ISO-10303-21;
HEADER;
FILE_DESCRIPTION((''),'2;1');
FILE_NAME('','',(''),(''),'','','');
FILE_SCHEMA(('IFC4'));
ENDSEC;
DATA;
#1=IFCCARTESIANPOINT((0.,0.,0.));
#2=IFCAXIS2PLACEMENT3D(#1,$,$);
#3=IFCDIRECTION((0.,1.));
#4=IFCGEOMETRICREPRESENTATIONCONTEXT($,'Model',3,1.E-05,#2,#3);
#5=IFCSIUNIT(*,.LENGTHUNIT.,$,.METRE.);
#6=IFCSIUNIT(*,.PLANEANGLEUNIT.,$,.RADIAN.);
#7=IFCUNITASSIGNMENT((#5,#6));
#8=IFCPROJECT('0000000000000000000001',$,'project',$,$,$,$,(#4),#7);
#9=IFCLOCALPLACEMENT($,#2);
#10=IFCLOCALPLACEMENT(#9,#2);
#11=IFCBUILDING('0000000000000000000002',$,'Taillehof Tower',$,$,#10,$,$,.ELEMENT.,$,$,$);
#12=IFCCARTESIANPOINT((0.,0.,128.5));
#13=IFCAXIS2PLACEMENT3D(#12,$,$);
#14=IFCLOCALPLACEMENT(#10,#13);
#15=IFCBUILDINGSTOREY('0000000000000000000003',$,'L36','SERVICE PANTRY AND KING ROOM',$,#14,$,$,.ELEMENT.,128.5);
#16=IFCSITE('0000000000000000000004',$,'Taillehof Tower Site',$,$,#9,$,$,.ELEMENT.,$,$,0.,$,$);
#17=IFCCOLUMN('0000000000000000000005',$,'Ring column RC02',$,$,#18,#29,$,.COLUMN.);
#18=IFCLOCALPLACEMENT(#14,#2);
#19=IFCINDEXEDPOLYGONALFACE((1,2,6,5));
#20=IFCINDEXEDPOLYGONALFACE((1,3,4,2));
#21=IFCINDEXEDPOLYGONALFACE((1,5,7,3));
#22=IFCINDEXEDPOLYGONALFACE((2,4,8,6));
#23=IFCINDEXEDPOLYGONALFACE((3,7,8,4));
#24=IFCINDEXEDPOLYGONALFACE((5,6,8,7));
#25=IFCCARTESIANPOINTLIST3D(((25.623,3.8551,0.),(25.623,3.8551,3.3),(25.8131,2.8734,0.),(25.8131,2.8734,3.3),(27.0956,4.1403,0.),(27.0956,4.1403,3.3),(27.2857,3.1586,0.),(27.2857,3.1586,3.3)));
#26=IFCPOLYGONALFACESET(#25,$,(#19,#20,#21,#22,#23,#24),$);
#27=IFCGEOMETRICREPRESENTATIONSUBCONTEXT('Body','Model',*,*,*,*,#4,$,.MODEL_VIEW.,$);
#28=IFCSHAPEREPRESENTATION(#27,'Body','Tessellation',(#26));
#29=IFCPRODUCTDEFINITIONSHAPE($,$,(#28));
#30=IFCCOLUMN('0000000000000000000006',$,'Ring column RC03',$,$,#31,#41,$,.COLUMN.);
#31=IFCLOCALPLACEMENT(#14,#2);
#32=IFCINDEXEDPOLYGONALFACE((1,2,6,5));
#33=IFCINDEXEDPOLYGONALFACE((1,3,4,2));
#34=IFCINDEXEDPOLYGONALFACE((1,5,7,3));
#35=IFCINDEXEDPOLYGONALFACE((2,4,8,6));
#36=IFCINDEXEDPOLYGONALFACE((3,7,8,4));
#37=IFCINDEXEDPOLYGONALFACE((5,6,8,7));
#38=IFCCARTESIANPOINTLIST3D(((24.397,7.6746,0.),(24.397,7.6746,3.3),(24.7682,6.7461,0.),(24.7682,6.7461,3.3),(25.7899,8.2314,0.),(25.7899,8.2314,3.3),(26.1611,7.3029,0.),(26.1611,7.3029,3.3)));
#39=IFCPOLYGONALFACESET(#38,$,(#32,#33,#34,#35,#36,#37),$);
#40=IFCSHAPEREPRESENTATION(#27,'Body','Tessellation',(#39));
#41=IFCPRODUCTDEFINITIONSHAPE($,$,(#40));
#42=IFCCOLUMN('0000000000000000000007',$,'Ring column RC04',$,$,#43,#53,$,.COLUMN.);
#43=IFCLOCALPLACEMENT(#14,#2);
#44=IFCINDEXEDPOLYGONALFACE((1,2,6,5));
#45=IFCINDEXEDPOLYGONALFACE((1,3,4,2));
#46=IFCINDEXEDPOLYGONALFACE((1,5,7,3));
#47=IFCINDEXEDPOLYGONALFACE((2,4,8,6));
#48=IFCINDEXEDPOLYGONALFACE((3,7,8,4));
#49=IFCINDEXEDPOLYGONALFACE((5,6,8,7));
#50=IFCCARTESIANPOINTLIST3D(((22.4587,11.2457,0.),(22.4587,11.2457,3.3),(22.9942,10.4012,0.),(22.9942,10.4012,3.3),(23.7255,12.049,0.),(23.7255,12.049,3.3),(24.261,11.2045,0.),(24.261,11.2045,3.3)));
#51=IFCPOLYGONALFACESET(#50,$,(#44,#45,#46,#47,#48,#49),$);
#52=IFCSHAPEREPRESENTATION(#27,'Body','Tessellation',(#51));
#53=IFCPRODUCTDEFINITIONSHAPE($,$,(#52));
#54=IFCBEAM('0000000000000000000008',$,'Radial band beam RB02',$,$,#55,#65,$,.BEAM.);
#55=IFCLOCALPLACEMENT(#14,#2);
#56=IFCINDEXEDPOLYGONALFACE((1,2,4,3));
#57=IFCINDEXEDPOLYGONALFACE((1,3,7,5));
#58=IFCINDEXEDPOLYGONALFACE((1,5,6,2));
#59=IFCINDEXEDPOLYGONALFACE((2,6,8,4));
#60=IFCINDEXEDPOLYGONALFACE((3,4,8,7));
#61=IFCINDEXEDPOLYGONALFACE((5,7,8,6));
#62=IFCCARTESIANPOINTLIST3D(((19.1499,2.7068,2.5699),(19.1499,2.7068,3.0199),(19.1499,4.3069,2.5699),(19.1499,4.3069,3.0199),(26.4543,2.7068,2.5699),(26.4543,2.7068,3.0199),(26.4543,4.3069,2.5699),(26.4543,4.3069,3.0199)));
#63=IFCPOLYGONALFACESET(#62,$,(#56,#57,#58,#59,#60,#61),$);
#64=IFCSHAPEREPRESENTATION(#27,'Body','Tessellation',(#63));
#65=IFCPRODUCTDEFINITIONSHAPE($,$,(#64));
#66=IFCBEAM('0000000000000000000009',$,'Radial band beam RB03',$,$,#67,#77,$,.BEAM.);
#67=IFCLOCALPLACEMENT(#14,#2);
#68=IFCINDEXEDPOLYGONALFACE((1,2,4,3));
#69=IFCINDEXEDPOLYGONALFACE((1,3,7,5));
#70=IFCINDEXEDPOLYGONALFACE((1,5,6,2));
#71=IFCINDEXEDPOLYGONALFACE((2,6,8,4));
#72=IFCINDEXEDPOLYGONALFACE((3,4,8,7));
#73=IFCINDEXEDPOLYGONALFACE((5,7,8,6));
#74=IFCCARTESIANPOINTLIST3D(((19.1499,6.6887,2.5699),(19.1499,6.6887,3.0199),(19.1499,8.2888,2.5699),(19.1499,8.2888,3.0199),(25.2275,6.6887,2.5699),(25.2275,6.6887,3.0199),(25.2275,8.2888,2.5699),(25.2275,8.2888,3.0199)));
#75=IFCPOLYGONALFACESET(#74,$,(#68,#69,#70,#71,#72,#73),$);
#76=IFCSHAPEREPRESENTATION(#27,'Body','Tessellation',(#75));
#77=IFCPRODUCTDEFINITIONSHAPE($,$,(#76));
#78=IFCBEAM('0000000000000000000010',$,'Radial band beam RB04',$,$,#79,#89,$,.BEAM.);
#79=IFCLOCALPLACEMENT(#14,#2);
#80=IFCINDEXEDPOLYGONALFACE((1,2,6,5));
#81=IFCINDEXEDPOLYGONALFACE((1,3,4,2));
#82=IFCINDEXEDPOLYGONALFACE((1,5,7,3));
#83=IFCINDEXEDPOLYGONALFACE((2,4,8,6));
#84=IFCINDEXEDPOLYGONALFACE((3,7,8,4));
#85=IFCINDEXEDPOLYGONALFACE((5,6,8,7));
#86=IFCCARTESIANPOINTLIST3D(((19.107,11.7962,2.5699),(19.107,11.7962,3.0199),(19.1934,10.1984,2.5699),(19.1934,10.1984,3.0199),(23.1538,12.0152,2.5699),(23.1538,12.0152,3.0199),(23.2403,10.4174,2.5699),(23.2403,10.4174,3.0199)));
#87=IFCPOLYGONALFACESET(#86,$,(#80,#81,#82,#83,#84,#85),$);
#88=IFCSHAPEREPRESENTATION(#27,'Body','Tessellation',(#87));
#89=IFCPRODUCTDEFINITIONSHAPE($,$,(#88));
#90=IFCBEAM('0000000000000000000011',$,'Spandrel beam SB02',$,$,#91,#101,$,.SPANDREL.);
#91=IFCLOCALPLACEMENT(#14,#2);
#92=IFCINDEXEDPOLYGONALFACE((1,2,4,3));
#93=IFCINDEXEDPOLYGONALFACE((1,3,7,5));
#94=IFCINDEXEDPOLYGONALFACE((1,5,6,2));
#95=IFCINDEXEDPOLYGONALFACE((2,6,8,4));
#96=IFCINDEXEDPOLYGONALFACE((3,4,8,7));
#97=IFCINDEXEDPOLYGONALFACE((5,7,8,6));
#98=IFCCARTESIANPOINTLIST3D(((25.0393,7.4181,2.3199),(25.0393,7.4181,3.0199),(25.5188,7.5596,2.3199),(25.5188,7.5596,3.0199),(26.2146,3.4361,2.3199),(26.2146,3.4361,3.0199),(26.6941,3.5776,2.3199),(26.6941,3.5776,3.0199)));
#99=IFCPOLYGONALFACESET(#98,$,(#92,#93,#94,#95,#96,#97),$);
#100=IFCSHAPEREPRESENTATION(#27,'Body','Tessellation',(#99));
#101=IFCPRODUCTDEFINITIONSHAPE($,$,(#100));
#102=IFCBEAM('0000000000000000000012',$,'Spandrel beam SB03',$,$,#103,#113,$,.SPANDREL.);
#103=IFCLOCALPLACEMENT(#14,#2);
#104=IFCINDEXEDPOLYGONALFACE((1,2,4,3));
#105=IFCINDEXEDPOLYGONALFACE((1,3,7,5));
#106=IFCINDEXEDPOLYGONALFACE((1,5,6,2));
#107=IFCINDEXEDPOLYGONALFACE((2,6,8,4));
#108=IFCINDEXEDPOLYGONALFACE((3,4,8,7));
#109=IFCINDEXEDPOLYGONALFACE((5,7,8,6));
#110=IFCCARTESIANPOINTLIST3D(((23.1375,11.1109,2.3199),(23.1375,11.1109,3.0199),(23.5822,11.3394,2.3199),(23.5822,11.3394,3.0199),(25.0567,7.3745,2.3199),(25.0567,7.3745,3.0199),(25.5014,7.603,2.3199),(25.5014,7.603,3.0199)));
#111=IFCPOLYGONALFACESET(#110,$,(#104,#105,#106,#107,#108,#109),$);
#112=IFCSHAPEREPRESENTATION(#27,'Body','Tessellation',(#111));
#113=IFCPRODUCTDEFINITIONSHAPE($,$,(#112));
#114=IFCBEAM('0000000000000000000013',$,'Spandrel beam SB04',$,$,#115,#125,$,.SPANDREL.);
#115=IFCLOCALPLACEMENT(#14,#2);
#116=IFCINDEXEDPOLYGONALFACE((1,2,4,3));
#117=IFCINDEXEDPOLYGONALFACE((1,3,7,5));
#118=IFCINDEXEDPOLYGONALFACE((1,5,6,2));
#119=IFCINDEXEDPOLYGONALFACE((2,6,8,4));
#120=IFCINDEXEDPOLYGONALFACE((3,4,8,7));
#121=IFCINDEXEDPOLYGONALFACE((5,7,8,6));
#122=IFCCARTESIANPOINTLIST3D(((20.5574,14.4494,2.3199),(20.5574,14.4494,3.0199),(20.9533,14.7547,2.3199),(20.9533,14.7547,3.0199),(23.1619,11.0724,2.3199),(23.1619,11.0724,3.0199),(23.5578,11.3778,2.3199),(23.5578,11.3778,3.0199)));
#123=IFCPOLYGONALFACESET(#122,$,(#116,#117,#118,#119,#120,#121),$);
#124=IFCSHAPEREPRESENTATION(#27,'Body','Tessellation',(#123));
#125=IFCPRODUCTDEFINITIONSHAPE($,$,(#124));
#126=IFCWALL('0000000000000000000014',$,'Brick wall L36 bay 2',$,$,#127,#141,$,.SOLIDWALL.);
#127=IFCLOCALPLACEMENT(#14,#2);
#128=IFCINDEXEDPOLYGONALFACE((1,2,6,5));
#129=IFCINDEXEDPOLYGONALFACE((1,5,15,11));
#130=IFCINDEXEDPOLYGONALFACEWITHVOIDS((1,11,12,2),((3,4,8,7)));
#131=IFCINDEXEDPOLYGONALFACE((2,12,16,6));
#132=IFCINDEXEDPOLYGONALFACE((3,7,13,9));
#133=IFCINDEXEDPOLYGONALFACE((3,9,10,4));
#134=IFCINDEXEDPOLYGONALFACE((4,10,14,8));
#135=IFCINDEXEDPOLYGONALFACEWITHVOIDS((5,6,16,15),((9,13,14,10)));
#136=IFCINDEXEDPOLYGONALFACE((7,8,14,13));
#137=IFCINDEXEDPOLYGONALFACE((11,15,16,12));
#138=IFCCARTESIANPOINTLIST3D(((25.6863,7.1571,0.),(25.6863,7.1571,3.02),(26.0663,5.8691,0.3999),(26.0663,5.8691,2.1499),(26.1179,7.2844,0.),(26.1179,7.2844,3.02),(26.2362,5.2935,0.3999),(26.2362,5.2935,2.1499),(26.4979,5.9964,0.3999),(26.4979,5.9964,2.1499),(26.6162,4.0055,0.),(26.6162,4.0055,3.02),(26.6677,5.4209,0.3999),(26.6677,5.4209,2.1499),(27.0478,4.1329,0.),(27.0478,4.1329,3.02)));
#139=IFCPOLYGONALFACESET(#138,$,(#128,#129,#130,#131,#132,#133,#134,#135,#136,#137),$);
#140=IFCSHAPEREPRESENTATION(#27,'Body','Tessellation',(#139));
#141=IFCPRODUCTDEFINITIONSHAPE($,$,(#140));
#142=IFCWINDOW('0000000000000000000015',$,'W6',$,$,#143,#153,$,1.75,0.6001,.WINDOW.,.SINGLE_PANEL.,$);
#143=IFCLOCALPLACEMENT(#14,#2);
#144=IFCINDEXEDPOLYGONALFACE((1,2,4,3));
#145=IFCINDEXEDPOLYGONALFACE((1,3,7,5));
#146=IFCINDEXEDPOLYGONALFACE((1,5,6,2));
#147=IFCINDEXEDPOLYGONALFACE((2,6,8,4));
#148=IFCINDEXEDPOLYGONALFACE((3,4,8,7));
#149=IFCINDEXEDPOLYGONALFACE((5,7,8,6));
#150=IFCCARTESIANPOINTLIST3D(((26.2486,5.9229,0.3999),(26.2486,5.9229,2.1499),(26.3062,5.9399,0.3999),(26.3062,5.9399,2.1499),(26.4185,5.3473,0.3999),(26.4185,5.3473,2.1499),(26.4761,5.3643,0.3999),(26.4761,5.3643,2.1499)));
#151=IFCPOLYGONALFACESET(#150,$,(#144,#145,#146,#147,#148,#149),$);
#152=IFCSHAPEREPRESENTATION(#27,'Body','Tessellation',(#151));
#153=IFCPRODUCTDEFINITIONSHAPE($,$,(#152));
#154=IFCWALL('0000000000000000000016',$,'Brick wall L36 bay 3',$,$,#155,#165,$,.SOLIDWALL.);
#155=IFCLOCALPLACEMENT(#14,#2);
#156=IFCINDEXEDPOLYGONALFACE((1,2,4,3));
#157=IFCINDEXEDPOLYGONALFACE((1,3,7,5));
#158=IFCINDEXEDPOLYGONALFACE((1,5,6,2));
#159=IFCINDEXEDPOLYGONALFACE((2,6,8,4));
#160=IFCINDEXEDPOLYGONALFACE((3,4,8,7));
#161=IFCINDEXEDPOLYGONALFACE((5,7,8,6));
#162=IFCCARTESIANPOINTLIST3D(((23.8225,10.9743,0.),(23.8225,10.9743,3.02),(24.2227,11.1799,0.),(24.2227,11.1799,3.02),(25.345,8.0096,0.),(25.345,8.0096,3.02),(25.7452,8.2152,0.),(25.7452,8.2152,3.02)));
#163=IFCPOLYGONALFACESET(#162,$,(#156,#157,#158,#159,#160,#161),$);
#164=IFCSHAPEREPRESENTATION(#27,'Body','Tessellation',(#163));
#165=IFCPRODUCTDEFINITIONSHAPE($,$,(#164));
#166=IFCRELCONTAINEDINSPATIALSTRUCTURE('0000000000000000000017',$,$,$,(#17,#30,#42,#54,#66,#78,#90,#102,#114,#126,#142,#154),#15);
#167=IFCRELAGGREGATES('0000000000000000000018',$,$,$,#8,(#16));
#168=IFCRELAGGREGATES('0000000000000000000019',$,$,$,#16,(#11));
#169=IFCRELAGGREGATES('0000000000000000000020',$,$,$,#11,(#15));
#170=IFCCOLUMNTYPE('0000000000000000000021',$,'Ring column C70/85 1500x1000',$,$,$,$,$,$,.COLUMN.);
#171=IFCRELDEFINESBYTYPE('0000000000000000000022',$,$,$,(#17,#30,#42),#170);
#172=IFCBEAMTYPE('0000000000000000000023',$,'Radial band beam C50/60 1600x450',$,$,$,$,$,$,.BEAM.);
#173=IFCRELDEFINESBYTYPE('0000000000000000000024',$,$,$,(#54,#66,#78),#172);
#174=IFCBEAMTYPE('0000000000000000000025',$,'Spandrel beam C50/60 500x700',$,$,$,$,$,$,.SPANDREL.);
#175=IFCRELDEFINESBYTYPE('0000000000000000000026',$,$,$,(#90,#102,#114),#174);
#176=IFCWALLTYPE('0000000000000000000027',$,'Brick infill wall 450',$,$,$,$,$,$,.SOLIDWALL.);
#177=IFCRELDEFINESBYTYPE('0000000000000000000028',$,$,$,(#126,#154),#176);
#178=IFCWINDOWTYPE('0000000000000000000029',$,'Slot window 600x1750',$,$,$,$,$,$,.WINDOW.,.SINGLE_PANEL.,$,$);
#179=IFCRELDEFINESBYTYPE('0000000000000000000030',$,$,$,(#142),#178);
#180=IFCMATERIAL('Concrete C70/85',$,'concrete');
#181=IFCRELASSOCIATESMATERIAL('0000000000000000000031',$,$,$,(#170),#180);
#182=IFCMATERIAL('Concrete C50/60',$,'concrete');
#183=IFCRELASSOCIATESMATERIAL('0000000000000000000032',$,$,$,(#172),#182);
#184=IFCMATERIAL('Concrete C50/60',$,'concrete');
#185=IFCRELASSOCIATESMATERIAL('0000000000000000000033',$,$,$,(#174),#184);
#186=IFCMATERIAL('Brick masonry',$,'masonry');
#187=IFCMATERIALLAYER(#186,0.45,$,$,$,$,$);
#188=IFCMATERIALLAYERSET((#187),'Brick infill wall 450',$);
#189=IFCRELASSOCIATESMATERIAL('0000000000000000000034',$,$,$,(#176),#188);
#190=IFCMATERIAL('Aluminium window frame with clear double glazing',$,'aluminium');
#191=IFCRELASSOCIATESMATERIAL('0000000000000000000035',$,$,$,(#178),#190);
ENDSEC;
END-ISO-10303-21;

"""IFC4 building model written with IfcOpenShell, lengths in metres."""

from ifc_helpers import new_model, si_unit, direction, frame, frame_2d, origin, origin_2d, place, context, subcontext, project, spatial, rectangle, extrude, material, layer, layer_set, material_profile, profile_set, type_object, element, fill, save


model = new_model("IFC4")

# Units and contexts
model_context = context("Model", 3, precision=1e-05, world=origin(), true_north=direction((0.0, 1.0)))
body_context = subcontext(model_context, "Body", "Model", "MODEL_VIEW")
ifc_project = project(units=[si_unit("LENGTHUNIT", "METRE"), si_unit("PLANEANGLEUNIT", "RADIAN")], contexts=[model_context])

# Site, building, storey
site_placement = place(None, origin())
site = spatial("IfcSite", under=ifc_project, at=site_placement, Name="Taillehof Tower Site", CompositionType="ELEMENT", RefElevation=0.0)
building_placement = place(site_placement, origin())
building = spatial("IfcBuilding", under=site, at=building_placement, Name="Taillehof Tower", CompositionType="ELEMENT")
storey_placement = place(building_placement, frame((0.0, 0.0, 128.5)))
storey = spatial("IfcBuildingStorey", under=building, at=storey_placement, Name="L36", Description="SERVICE PANTRY AND KING ROOM", CompositionType="ELEMENT", Elevation=128.5)

# Columns
ifc_material_1 = material(Name="Concrete C70/85", Category="concrete")
ifc_material_profile_1 = material_profile(ifc_material_1, rectangle(XDim=1.5, YDim=1.0, at=origin_2d()), Name="RC 1500x1000")
ifc_profile_set_1 = profile_set([ifc_material_profile_1], Name="Concrete C70/85")
column_type = type_object("IfcColumnType", Name="Ring column C70/85 1500x1000", PredefinedType="COLUMN", material=ifc_profile_set_1)
for number, where, z_axis, x_axis, name in (
    (1, (26.4543, 3.5068, 0.0), (0.0, 0.0, 1.0), (0.981757, 0.190138, 0.0), "Ring column RC02"),
    (2, (25.2791, 7.4888, 0.0), (0.0, 0.0, 1.0), (0.92855, 0.371207, 0.0), "Ring column RC03"),
    (3, (23.3599, 11.2251, 0.0), (0.0, 0.0, 1.0), (0.844511, 0.535537, 0.0), "Ring column RC04"),
):
    element("IfcColumn", number, at=place(storey_placement, frame(where, z_axis=z_axis, x_axis=x_axis)), inside=storey, type_object=column_type, Name=name, PredefinedType="COLUMN", context=body_context, shape_type="SweptSolid", body=[
        extrude(rectangle(XDim=1.5, YDim=1.0, at=origin_2d()), origin(), (0.0, 0.0, 1.0), 3.3),
    ])

# Beams
ifc_material_2 = material(Name="Concrete C50/60", Category="concrete")
ifc_material_profile_2 = material_profile(ifc_material_2, rectangle(XDim=1.6001, YDim=0.45, at=origin_2d()), Name="RC 1600x450")
ifc_profile_set_2 = profile_set([ifc_material_profile_2], Name="Concrete C50/60")
beam_type_1 = type_object("IfcBeamType", Name="Radial band beam C50/60 1600x450", PredefinedType="BEAM", material=ifc_profile_set_2)
beam_1_placement = place(storey_placement, frame((26.4543, 3.5068, 2.7949), z_axis=(-1.0, 0.0, 0.0), x_axis=(0.0, -1.0, 0.0)))
element("IfcBeam", 4, at=beam_1_placement, inside=storey, type_object=beam_type_1, Name="Radial band beam RB02", PredefinedType="BEAM", context=body_context, shape_type="SweptSolid", body=[
    extrude(rectangle(XDim=1.6001, YDim=0.45, at=origin_2d()), origin(), (0.0, 0.0, 1.0), 7.3044),
])
beam_2_placement = place(storey_placement, frame((25.2275, 7.4888, 2.7949), z_axis=(-1.0, 0.0, 0.0), x_axis=(0.0, -1.0, 0.0)))
element("IfcBeam", 5, at=beam_2_placement, inside=storey, type_object=beam_type_1, Name="Radial band beam RB03", PredefinedType="BEAM", context=body_context, shape_type="SweptSolid", body=[
    extrude(rectangle(XDim=1.6001, YDim=0.45, at=origin_2d()), origin(), (0.0, 0.0, 1.0), 6.0776),
])
beam_3_placement = place(storey_placement, frame((23.197, 11.2163, 2.7949), z_axis=(-0.998539, -0.054035, 0.0), x_axis=(0.054035, -0.998539, 0.0)))
element("IfcBeam", 6, at=beam_3_placement, inside=storey, type_object=beam_type_1, Name="Radial band beam RB04", PredefinedType="BEAM", context=body_context, shape_type="SweptSolid", body=[
    extrude(rectangle(XDim=1.6001, YDim=0.45, at=origin_2d()), origin(), (0.0, 0.0, 1.0), 4.0527),
])
ifc_material_3 = material(Name="Concrete C50/60", Category="concrete")
ifc_material_profile_3 = material_profile(ifc_material_3, rectangle(XDim=0.5, YDim=0.7, at=origin_2d()), Name="RC 500x700")
ifc_profile_set_3 = profile_set([ifc_material_profile_3], Name="Concrete C50/60")
beam_type_2 = type_object("IfcBeamType", Name="Spandrel beam C50/60 500x700", PredefinedType="SPANDREL", material=ifc_profile_set_3)
beam_4_placement = place(storey_placement, frame((26.4543, 3.5068, 2.6699), z_axis=(-0.283083, 0.959095, 0.0), x_axis=(-0.959095, -0.283083, 0.0)))
element("IfcBeam", 7, at=beam_4_placement, inside=storey, type_object=beam_type_2, Name="Spandrel beam SB02", PredefinedType="SPANDREL", context=body_context, shape_type="SweptSolid", body=[
    extrude(rectangle(XDim=0.5, YDim=0.7, at=origin_2d()), origin(), (0.0, 0.0, 1.0), 4.1519),
])
beam_5_placement = place(storey_placement, frame((25.2791, 7.4888, 2.6699), z_axis=(-0.456905, 0.889515, 0.0), x_axis=(-0.889515, -0.456905, 0.0)))
element("IfcBeam", 8, at=beam_5_placement, inside=storey, type_object=beam_type_2, Name="Spandrel beam SB03", PredefinedType="SPANDREL", context=body_context, shape_type="SweptSolid", body=[
    extrude(rectangle(XDim=0.5, YDim=0.7, at=origin_2d()), origin(), (0.0, 0.0, 1.0), 4.2004),
])
beam_6_placement = place(storey_placement, frame((23.3599, 11.2251, 2.6699), z_axis=(-0.610717, 0.791849, 0.0), x_axis=(-0.791849, -0.610717, 0.0)))
element("IfcBeam", 9, at=beam_6_placement, inside=storey, type_object=beam_type_2, Name="Spandrel beam SB04", PredefinedType="SPANDREL", context=body_context, shape_type="SweptSolid", body=[
    extrude(rectangle(XDim=0.5, YDim=0.7, at=origin_2d()), origin(), (0.0, 0.0, 1.0), 4.2646),
])

# Wall, opening, window
ifc_material_4 = material(Name="Brick masonry", Category="masonry")
ifc_layer_1 = layer(ifc_material_4, 0.45)
ifc_layer_set_1 = layer_set([ifc_layer_1], Name="Brick infill wall 450")
wall_type_1 = type_object("IfcWallType", Name="Brick infill wall 450", PredefinedType="SOLIDWALL", material=ifc_layer_set_1)
wall_1_placement = place(storey_placement, frame((26.832, 4.0691, 0.0), z_axis=(0.0, 0.0, 1.0), x_axis=(-0.283003, 0.959119, 0.0)))
wall_1 = element("IfcWall", 10, at=wall_1_placement, inside=storey, type_object=wall_type_1, Name="Brick wall L36 bay 2", PredefinedType="SOLIDWALL", context=body_context, shape_type="SweptSolid", body=[
    extrude(rectangle(XDim=3.2859, YDim=0.45, at=frame_2d((1.6431, 0.0))), origin(), (0.0, 0.0, 1.0), 3.02),
])
opening_1_placement = place(wall_1_placement, frame((1.343, 0.0, 0.3999)))
opening_1 = element("IfcOpeningElement", 11, at=opening_1_placement, cuts=wall_1, PredefinedType="OPENING", context=body_context, shape_type="SweptSolid", body=[
    extrude(rectangle(XDim=0.6001, YDim=1.75, at=frame_2d((0.3, 0.875))), frame((0.0, 0.2349, 0.0), z_axis=(0.0, -1.0, 0.0), x_axis=(1.0, 0.0, 0.0)), (0.0, 0.0, 1.0), 0.47),
])
ifc_material_5 = material(Name="Aluminium window frame with clear double glazing", Category="aluminium")
window_type = type_object("IfcWindowType", Name="Slot window 600x1750", PartitioningType="SINGLE_PANEL", PredefinedType="WINDOW", material=ifc_material_5)
window_placement = place(opening_1_placement, origin())
window = element("IfcWindow", 12, at=window_placement, inside=storey, type_object=window_type, Name="W6", OverallHeight=1.75, OverallWidth=0.6001, PartitioningType="SINGLE_PANEL", PredefinedType="WINDOW", context=body_context, shape_type="SweptSolid", body=[
    extrude(rectangle(XDim=0.6001, YDim=1.75, at=frame_2d((0.3, 0.875))), frame((0.0, 0.0349, 0.0), z_axis=(0.0, -1.0, 0.0), x_axis=(1.0, 0.0, 0.0)), (0.0, 0.0, 1.0), 0.0601),
])
fill(opening_1, window)

# Wall
wall_2_placement = place(storey_placement, frame((25.5452, 8.1123, 0.0), z_axis=(0.0, 0.0, 1.0), x_axis=(-0.456828, 0.889555, 0.0)))
element("IfcWall", 13, at=wall_2_placement, inside=storey, type_object=wall_type_1, Name="Brick wall L36 bay 3", PredefinedType="SOLIDWALL", context=body_context, shape_type="SweptSolid", body=[
    extrude(rectangle(XDim=3.3328, YDim=0.45, at=frame_2d((1.6665, 0.0))), origin(), (0.0, 0.0, 1.0), 3.02),
])

save(model, "model.ifc")
